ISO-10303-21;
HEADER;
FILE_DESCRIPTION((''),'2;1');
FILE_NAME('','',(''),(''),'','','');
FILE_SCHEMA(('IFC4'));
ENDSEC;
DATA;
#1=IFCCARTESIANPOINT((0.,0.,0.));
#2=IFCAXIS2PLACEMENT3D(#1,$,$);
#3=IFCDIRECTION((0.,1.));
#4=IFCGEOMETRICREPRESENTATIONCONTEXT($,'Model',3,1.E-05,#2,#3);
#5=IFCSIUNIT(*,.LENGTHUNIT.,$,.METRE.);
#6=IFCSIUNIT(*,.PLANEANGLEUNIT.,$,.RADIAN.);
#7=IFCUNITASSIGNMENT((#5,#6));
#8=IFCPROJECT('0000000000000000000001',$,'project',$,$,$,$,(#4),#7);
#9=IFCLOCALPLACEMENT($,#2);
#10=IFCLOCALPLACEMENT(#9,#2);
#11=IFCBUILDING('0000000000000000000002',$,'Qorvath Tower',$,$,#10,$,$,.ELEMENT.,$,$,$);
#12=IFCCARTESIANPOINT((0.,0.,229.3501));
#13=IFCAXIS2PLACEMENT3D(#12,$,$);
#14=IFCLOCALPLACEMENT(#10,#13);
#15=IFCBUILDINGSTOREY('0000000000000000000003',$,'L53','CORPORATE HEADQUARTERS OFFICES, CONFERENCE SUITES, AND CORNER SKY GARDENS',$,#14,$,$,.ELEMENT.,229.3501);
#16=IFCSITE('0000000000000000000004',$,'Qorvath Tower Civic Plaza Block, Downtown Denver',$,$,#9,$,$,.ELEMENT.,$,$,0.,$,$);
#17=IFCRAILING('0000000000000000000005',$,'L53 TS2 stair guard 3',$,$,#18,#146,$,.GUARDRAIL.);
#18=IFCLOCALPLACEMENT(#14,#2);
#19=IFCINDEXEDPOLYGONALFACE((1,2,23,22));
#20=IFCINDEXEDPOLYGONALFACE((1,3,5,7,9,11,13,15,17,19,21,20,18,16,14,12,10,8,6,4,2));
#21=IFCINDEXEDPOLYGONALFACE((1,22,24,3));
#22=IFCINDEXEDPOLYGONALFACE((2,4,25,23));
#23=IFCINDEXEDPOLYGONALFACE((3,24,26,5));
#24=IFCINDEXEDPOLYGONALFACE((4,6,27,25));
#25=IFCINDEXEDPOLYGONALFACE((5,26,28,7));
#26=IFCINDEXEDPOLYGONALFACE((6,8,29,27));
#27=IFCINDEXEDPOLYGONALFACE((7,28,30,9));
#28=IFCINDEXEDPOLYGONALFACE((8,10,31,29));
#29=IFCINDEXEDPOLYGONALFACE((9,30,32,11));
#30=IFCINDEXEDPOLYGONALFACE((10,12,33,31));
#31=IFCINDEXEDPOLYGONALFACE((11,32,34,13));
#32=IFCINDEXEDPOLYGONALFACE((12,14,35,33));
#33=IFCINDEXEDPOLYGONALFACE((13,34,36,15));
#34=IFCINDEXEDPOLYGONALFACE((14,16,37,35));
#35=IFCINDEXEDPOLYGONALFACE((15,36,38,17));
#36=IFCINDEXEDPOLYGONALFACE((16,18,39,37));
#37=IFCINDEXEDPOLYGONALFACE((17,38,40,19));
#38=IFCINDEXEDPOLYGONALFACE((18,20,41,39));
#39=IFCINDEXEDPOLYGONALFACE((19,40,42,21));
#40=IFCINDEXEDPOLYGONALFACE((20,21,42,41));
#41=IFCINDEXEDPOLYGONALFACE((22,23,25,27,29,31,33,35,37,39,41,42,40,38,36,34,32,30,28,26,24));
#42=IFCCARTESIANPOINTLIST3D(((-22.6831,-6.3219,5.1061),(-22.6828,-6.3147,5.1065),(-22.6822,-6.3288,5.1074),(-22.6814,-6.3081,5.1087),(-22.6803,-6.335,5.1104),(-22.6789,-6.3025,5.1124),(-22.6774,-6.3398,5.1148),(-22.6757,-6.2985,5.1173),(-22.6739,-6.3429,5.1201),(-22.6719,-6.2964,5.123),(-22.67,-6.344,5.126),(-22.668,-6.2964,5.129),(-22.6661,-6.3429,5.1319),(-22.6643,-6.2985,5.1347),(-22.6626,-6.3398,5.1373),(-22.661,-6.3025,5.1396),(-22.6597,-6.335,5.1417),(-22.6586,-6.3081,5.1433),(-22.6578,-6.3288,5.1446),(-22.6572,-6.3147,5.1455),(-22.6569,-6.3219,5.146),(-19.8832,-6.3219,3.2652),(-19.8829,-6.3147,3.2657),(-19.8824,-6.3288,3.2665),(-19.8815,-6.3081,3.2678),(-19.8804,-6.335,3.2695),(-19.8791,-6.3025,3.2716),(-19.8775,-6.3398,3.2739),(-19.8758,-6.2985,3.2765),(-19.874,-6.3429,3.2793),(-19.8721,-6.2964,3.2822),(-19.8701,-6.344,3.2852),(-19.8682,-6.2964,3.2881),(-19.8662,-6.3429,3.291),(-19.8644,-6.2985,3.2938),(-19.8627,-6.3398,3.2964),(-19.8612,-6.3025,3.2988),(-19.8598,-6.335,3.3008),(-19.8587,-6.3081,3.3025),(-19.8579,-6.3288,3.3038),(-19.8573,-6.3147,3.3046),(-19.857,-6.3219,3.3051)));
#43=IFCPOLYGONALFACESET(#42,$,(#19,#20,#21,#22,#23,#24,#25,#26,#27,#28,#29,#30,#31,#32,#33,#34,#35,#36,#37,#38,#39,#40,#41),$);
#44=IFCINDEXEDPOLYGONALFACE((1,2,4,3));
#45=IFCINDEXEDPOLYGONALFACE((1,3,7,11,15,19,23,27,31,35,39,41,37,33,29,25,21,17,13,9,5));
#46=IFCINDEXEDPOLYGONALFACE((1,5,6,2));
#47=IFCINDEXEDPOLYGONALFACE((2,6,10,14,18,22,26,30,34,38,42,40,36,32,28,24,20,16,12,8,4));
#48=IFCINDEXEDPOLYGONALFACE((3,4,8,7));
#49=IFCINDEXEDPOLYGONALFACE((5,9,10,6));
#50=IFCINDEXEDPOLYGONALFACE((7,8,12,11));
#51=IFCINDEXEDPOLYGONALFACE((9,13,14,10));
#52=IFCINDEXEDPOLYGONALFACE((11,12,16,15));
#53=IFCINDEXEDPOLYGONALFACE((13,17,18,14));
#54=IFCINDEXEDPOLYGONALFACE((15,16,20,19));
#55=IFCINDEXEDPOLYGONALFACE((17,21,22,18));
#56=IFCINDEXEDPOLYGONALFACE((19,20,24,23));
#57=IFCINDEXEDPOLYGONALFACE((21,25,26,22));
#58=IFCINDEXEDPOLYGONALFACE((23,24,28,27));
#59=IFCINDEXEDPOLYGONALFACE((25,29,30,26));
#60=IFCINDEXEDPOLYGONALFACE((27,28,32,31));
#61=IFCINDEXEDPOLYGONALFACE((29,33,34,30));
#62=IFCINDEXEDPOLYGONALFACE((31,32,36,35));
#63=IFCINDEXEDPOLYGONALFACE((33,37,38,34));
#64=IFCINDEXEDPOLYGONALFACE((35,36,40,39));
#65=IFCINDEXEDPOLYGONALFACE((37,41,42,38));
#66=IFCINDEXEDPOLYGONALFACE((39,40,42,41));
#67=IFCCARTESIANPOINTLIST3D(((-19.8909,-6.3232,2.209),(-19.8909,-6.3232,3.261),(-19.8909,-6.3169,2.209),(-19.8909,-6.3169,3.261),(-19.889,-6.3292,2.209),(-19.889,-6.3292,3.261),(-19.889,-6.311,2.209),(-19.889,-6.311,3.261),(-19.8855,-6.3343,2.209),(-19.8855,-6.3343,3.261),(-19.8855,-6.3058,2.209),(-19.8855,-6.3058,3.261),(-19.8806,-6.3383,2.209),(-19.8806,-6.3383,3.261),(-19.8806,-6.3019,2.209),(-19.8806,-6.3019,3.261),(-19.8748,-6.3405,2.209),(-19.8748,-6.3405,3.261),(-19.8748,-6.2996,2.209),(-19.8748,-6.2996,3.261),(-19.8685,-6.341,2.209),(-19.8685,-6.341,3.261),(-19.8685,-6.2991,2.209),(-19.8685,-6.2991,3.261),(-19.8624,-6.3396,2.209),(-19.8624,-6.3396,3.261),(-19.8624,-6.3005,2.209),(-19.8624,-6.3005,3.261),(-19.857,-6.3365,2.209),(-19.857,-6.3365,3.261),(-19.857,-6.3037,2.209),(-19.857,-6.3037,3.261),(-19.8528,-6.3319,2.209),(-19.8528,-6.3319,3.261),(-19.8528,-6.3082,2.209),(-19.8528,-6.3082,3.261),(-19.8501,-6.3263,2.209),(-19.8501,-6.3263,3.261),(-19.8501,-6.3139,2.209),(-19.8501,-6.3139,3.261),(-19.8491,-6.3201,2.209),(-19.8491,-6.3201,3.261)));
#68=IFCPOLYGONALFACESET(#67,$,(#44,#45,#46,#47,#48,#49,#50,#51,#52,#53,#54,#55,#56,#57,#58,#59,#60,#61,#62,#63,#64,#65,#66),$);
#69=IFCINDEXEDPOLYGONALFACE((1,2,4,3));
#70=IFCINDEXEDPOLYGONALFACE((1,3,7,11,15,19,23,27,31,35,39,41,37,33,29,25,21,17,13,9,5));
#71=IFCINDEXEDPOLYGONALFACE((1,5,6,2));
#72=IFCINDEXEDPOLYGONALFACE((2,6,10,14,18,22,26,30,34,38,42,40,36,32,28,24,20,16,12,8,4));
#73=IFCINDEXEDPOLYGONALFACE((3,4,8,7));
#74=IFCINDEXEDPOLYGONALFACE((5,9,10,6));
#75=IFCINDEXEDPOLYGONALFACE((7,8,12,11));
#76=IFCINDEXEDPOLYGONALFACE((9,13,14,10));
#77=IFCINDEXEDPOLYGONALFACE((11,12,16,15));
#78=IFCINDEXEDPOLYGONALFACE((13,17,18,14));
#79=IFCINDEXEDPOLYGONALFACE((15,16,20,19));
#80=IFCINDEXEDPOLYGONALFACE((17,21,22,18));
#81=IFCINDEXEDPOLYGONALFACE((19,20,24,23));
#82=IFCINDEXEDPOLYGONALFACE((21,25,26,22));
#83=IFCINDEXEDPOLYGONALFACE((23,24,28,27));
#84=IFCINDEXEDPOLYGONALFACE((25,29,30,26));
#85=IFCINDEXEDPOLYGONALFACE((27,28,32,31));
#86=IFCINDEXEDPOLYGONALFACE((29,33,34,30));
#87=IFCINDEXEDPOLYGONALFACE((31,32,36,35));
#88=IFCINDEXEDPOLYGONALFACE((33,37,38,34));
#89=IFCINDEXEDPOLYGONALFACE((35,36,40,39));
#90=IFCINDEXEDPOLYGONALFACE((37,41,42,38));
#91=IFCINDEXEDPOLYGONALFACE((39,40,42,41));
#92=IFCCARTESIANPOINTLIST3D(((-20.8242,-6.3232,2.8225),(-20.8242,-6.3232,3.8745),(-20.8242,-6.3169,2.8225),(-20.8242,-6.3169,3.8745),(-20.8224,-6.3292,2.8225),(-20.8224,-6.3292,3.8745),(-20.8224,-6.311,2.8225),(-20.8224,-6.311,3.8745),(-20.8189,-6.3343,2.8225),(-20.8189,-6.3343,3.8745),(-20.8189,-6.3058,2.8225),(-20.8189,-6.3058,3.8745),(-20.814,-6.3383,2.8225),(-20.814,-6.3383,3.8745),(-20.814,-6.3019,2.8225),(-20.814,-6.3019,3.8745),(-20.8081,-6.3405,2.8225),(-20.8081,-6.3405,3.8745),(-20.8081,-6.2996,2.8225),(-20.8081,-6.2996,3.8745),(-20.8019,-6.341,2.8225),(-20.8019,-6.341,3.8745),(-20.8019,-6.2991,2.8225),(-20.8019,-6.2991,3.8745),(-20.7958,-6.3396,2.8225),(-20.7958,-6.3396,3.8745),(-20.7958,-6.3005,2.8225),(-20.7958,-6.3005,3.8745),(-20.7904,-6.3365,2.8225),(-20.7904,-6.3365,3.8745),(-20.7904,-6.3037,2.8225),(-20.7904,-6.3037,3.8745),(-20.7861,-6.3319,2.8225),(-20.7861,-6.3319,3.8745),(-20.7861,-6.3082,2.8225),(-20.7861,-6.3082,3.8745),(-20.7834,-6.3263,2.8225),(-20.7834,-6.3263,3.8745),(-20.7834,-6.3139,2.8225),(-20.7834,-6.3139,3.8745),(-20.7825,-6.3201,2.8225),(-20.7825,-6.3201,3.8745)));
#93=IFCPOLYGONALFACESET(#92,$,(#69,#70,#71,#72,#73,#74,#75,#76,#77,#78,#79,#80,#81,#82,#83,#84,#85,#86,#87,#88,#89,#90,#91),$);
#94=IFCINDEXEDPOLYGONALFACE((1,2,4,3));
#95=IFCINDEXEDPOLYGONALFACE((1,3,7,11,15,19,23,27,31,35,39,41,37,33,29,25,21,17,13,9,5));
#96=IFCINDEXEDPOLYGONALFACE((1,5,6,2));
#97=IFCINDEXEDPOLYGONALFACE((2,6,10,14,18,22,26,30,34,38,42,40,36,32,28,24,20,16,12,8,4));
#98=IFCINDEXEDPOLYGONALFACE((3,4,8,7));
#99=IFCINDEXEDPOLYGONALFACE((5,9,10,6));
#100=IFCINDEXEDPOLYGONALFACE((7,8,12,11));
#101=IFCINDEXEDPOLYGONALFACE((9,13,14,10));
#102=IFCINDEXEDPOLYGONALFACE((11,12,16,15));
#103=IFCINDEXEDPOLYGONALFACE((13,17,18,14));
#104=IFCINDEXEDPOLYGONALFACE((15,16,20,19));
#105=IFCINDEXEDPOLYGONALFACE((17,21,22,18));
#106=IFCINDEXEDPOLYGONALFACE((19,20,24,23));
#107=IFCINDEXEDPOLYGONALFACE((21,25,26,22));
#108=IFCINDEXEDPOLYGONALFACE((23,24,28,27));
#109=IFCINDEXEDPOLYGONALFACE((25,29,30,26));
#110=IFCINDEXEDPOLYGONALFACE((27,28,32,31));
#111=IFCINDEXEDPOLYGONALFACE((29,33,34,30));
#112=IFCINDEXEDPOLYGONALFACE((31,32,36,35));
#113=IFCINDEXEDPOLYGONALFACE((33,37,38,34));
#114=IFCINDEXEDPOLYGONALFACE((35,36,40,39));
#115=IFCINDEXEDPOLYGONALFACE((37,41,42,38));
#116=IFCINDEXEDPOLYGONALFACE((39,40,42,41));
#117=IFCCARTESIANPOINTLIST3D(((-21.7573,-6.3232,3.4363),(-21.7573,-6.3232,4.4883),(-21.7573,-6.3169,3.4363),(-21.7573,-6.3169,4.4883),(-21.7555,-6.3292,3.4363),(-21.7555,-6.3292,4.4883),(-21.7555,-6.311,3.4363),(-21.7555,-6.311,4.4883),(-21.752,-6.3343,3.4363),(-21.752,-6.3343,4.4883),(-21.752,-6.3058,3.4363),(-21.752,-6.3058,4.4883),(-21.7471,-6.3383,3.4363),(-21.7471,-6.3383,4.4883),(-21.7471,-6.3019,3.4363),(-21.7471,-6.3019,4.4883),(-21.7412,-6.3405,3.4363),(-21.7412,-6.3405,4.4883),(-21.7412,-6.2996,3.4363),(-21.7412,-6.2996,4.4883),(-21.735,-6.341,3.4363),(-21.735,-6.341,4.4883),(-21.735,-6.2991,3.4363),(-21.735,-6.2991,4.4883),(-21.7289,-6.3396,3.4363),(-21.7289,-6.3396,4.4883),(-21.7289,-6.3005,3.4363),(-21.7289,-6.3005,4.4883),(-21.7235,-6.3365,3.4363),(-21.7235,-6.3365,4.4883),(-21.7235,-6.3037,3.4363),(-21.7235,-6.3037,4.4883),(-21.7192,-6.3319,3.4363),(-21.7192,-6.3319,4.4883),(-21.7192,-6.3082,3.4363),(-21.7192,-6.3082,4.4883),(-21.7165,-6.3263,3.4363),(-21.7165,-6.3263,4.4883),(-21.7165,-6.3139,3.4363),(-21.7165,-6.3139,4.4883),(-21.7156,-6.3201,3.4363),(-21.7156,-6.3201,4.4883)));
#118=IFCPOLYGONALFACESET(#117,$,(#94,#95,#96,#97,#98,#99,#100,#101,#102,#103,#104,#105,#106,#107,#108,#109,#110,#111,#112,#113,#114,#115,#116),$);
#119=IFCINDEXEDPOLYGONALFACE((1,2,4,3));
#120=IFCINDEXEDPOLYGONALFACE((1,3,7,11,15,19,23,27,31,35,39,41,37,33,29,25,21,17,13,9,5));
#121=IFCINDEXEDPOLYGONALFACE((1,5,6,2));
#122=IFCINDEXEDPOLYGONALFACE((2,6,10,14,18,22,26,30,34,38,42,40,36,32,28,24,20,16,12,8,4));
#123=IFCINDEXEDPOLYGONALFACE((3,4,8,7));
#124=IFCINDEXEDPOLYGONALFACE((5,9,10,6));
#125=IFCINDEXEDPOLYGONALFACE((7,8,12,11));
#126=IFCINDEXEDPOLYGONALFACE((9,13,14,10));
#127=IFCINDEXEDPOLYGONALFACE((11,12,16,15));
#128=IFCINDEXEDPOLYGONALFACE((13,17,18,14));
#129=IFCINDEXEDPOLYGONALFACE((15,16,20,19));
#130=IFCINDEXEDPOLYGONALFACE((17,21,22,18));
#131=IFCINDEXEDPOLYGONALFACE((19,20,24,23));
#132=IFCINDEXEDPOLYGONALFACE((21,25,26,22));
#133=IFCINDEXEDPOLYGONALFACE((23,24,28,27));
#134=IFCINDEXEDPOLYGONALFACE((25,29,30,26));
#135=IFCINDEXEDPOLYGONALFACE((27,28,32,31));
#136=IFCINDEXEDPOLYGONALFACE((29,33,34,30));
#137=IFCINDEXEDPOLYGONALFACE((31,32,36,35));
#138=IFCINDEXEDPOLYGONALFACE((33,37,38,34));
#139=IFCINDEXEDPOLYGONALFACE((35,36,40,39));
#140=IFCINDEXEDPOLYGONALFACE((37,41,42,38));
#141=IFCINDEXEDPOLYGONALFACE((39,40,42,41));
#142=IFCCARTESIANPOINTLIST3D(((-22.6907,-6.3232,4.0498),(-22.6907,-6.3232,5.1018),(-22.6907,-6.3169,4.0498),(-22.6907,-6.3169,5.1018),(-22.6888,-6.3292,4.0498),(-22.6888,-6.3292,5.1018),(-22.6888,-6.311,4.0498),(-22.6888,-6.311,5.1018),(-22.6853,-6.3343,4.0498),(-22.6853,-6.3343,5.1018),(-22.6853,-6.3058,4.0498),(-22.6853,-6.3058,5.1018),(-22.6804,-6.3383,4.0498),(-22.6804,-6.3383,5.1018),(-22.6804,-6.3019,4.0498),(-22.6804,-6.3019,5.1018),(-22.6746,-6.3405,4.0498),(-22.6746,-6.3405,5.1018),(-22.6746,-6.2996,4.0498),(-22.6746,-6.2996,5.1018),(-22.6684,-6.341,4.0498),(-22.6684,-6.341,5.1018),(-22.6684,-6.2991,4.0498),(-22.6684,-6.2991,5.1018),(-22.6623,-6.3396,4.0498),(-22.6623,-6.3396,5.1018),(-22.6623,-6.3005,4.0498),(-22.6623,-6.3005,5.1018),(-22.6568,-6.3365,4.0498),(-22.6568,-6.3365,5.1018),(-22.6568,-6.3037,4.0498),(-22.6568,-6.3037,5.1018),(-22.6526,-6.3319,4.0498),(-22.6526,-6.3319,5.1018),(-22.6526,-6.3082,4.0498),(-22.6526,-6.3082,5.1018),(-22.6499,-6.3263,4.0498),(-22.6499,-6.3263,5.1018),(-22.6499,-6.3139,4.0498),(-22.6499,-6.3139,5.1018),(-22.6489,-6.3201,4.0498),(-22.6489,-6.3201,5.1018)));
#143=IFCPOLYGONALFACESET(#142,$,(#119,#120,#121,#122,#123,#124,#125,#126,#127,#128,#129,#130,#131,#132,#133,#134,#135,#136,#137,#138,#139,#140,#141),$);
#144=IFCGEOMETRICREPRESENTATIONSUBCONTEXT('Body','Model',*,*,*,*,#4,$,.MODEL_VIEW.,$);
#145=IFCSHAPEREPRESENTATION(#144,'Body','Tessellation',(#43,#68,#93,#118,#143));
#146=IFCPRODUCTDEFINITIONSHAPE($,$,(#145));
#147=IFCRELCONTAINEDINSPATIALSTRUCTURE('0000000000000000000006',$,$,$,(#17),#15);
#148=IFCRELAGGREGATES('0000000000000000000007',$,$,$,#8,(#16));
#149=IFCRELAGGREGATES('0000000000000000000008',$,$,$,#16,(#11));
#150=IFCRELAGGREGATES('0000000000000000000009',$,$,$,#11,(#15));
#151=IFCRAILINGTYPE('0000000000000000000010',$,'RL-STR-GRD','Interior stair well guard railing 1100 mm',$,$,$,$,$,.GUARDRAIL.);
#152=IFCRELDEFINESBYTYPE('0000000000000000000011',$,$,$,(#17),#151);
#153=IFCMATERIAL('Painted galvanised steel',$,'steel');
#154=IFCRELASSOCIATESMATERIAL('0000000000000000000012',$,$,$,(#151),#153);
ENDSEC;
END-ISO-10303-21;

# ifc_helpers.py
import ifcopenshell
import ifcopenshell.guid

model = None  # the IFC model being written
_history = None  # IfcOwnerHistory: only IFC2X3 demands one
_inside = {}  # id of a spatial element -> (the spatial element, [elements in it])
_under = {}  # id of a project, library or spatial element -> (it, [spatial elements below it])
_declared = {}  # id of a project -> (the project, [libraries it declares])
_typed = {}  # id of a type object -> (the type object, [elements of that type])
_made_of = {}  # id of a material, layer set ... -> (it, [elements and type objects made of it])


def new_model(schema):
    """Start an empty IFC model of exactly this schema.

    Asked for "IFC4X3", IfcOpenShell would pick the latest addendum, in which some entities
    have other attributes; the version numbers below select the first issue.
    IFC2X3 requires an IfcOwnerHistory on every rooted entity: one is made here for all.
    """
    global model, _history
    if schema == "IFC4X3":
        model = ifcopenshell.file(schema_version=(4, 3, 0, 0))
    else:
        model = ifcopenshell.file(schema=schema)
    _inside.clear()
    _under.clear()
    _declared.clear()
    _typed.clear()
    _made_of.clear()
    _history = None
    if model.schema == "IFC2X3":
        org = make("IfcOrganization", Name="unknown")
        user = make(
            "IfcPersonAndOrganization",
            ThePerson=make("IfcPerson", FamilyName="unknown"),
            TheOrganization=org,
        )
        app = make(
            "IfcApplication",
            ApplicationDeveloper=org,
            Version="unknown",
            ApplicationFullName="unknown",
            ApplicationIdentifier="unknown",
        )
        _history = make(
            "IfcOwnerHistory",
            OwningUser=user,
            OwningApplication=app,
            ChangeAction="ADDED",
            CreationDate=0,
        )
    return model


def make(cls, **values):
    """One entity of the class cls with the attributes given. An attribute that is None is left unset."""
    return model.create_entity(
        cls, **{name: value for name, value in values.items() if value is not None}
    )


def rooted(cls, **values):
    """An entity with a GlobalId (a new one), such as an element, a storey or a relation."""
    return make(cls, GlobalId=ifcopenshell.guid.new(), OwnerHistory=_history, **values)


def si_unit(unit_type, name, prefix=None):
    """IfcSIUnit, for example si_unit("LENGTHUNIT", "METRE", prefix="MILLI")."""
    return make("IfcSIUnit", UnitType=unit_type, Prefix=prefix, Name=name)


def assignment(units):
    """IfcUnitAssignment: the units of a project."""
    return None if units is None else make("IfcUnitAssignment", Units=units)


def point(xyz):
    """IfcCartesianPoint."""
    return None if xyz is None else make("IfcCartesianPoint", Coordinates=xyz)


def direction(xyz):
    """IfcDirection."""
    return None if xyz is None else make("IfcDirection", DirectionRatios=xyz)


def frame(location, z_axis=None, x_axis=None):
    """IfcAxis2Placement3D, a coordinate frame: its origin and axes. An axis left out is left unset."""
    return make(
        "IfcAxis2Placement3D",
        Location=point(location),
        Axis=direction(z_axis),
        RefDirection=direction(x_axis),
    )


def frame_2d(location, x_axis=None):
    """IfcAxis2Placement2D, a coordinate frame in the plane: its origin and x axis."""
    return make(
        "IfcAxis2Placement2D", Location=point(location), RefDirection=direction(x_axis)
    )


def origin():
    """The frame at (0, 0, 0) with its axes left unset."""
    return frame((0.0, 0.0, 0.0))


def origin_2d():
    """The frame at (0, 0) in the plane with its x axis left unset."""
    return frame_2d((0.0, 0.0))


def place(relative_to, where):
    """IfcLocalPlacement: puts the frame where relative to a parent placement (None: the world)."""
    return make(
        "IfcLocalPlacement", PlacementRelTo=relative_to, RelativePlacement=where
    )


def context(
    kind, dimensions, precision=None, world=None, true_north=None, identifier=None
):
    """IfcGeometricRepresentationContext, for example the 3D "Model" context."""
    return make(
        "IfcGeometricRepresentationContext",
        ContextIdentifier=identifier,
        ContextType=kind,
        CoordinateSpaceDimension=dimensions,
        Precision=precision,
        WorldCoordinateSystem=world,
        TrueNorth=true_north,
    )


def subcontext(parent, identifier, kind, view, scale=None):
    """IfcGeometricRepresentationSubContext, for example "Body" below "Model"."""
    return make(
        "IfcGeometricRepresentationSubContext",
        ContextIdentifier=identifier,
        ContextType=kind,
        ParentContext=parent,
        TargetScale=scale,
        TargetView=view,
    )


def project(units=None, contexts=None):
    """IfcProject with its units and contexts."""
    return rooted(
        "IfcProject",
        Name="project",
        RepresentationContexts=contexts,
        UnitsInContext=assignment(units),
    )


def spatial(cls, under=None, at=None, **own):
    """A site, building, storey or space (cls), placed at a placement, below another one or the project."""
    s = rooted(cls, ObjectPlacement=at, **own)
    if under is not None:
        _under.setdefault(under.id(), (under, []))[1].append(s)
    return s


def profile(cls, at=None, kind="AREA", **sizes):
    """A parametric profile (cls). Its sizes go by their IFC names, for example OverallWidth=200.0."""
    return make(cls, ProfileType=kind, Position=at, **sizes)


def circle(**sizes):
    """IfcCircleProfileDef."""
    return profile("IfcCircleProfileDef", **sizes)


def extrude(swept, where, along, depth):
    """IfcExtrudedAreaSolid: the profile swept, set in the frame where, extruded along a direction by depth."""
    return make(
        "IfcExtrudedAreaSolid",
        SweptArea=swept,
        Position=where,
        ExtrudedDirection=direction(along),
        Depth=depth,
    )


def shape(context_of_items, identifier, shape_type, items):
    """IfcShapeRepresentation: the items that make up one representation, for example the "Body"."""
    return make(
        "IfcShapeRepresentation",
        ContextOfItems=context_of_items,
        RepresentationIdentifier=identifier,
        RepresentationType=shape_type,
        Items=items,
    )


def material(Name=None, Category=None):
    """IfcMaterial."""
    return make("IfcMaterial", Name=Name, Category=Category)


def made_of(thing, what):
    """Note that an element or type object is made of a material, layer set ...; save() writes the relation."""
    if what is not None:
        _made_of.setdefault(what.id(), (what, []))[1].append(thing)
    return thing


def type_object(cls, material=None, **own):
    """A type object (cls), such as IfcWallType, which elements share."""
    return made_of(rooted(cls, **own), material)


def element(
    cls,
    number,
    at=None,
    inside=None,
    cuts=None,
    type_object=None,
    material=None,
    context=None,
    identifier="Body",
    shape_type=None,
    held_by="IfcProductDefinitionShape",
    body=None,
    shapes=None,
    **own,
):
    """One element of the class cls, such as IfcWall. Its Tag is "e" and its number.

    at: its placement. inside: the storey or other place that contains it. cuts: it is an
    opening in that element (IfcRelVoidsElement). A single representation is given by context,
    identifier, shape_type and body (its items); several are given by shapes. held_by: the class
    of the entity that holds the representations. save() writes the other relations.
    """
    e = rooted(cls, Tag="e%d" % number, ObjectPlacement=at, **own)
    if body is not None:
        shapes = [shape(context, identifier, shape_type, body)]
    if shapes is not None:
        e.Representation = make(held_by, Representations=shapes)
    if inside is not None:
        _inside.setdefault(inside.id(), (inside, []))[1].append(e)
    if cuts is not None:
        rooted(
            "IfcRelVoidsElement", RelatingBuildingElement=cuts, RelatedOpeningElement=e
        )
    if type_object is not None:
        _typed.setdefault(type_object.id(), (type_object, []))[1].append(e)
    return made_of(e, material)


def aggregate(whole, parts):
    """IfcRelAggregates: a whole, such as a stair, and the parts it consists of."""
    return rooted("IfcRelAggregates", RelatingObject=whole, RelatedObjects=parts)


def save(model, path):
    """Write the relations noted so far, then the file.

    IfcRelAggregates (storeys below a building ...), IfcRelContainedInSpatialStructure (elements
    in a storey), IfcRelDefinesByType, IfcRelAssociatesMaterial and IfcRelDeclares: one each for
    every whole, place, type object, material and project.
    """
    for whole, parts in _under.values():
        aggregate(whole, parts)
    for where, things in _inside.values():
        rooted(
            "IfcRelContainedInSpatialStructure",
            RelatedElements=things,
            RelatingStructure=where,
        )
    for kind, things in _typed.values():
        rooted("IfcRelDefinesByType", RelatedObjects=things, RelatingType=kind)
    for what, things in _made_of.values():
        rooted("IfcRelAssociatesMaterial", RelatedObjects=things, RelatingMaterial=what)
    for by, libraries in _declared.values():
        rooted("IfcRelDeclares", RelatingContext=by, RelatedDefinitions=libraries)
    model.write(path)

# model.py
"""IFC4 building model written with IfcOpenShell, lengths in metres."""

from ifc_helpers import new_model, si_unit, direction, frame, origin, origin_2d, place, context, subcontext, project, spatial, circle, extrude, material, type_object, element, save


model = new_model("IFC4")

# Units and contexts
model_context = context("Model", 3, precision=1e-05, world=origin(), true_north=direction((0.0, 1.0)))
body_context = subcontext(model_context, "Body", "Model", "MODEL_VIEW")
ifc_project = project(units=[si_unit("LENGTHUNIT", "METRE"), si_unit("PLANEANGLEUNIT", "RADIAN")], contexts=[model_context])

# Site, building, storey
site_placement = place(None, origin())
site = spatial("IfcSite", under=ifc_project, at=site_placement, Name="Qorvath Tower Civic Plaza Block, Downtown Denver", CompositionType="ELEMENT", RefElevation=0.0)
building_placement = place(site_placement, origin())
building = spatial("IfcBuilding", under=site, at=building_placement, Name="Qorvath Tower", CompositionType="ELEMENT")
storey_placement = place(building_placement, frame((0.0, 0.0, 229.3501)))
storey = spatial("IfcBuildingStorey", under=building, at=storey_placement, Name="L53", Description="CORPORATE HEADQUARTERS OFFICES, CONFERENCE SUITES, AND CORNER SKY GARDENS", CompositionType="ELEMENT", Elevation=229.3501)

# Railing
ifc_material_1 = material(Name="Painted galvanised steel", Category="steel")
railing_type_1 = type_object("IfcRailingType", Name="RL-STR-GRD", Description="Interior stair well guard railing 1100 mm", PredefinedType="GUARDRAIL", material=ifc_material_1)
railing_1_placement = place(storey_placement, frame((-19.8701, -6.3201, 2.209)))
element("IfcRailing", 1, at=railing_1_placement, inside=storey, type_object=railing_type_1, Name="L53 TS2 stair guard 3", PredefinedType="GUARDRAIL", context=body_context, shape_type="SweptSolid", body=[
    extrude(circle(Radius=0.0239, at=origin_2d()), frame((0.0, 0.0, 1.0762), z_axis=(-0.835576, 0.0, 0.549376), x_axis=(0.0, -1.0, 0.0)), (0.0, 0.0, 1.0), 3.3508),
    extrude(circle(Radius=0.021, at=origin_2d()), origin(), (0.0, 0.0, 1.0), 1.052),
    extrude(circle(Radius=0.021, at=origin_2d()), frame((-0.9333, 0.0, 0.6135)), (0.0, 0.0, 1.0), 1.052),
    extrude(circle(Radius=0.021, at=origin_2d()), frame((-1.8665, 0.0, 1.2273)), (0.0, 0.0, 1.0), 1.052),
    extrude(circle(Radius=0.021, at=origin_2d()), frame((-2.7998, 0.0, 1.8408)), (0.0, 0.0, 1.0), 1.052),
])

save(model, "model.ifc")
